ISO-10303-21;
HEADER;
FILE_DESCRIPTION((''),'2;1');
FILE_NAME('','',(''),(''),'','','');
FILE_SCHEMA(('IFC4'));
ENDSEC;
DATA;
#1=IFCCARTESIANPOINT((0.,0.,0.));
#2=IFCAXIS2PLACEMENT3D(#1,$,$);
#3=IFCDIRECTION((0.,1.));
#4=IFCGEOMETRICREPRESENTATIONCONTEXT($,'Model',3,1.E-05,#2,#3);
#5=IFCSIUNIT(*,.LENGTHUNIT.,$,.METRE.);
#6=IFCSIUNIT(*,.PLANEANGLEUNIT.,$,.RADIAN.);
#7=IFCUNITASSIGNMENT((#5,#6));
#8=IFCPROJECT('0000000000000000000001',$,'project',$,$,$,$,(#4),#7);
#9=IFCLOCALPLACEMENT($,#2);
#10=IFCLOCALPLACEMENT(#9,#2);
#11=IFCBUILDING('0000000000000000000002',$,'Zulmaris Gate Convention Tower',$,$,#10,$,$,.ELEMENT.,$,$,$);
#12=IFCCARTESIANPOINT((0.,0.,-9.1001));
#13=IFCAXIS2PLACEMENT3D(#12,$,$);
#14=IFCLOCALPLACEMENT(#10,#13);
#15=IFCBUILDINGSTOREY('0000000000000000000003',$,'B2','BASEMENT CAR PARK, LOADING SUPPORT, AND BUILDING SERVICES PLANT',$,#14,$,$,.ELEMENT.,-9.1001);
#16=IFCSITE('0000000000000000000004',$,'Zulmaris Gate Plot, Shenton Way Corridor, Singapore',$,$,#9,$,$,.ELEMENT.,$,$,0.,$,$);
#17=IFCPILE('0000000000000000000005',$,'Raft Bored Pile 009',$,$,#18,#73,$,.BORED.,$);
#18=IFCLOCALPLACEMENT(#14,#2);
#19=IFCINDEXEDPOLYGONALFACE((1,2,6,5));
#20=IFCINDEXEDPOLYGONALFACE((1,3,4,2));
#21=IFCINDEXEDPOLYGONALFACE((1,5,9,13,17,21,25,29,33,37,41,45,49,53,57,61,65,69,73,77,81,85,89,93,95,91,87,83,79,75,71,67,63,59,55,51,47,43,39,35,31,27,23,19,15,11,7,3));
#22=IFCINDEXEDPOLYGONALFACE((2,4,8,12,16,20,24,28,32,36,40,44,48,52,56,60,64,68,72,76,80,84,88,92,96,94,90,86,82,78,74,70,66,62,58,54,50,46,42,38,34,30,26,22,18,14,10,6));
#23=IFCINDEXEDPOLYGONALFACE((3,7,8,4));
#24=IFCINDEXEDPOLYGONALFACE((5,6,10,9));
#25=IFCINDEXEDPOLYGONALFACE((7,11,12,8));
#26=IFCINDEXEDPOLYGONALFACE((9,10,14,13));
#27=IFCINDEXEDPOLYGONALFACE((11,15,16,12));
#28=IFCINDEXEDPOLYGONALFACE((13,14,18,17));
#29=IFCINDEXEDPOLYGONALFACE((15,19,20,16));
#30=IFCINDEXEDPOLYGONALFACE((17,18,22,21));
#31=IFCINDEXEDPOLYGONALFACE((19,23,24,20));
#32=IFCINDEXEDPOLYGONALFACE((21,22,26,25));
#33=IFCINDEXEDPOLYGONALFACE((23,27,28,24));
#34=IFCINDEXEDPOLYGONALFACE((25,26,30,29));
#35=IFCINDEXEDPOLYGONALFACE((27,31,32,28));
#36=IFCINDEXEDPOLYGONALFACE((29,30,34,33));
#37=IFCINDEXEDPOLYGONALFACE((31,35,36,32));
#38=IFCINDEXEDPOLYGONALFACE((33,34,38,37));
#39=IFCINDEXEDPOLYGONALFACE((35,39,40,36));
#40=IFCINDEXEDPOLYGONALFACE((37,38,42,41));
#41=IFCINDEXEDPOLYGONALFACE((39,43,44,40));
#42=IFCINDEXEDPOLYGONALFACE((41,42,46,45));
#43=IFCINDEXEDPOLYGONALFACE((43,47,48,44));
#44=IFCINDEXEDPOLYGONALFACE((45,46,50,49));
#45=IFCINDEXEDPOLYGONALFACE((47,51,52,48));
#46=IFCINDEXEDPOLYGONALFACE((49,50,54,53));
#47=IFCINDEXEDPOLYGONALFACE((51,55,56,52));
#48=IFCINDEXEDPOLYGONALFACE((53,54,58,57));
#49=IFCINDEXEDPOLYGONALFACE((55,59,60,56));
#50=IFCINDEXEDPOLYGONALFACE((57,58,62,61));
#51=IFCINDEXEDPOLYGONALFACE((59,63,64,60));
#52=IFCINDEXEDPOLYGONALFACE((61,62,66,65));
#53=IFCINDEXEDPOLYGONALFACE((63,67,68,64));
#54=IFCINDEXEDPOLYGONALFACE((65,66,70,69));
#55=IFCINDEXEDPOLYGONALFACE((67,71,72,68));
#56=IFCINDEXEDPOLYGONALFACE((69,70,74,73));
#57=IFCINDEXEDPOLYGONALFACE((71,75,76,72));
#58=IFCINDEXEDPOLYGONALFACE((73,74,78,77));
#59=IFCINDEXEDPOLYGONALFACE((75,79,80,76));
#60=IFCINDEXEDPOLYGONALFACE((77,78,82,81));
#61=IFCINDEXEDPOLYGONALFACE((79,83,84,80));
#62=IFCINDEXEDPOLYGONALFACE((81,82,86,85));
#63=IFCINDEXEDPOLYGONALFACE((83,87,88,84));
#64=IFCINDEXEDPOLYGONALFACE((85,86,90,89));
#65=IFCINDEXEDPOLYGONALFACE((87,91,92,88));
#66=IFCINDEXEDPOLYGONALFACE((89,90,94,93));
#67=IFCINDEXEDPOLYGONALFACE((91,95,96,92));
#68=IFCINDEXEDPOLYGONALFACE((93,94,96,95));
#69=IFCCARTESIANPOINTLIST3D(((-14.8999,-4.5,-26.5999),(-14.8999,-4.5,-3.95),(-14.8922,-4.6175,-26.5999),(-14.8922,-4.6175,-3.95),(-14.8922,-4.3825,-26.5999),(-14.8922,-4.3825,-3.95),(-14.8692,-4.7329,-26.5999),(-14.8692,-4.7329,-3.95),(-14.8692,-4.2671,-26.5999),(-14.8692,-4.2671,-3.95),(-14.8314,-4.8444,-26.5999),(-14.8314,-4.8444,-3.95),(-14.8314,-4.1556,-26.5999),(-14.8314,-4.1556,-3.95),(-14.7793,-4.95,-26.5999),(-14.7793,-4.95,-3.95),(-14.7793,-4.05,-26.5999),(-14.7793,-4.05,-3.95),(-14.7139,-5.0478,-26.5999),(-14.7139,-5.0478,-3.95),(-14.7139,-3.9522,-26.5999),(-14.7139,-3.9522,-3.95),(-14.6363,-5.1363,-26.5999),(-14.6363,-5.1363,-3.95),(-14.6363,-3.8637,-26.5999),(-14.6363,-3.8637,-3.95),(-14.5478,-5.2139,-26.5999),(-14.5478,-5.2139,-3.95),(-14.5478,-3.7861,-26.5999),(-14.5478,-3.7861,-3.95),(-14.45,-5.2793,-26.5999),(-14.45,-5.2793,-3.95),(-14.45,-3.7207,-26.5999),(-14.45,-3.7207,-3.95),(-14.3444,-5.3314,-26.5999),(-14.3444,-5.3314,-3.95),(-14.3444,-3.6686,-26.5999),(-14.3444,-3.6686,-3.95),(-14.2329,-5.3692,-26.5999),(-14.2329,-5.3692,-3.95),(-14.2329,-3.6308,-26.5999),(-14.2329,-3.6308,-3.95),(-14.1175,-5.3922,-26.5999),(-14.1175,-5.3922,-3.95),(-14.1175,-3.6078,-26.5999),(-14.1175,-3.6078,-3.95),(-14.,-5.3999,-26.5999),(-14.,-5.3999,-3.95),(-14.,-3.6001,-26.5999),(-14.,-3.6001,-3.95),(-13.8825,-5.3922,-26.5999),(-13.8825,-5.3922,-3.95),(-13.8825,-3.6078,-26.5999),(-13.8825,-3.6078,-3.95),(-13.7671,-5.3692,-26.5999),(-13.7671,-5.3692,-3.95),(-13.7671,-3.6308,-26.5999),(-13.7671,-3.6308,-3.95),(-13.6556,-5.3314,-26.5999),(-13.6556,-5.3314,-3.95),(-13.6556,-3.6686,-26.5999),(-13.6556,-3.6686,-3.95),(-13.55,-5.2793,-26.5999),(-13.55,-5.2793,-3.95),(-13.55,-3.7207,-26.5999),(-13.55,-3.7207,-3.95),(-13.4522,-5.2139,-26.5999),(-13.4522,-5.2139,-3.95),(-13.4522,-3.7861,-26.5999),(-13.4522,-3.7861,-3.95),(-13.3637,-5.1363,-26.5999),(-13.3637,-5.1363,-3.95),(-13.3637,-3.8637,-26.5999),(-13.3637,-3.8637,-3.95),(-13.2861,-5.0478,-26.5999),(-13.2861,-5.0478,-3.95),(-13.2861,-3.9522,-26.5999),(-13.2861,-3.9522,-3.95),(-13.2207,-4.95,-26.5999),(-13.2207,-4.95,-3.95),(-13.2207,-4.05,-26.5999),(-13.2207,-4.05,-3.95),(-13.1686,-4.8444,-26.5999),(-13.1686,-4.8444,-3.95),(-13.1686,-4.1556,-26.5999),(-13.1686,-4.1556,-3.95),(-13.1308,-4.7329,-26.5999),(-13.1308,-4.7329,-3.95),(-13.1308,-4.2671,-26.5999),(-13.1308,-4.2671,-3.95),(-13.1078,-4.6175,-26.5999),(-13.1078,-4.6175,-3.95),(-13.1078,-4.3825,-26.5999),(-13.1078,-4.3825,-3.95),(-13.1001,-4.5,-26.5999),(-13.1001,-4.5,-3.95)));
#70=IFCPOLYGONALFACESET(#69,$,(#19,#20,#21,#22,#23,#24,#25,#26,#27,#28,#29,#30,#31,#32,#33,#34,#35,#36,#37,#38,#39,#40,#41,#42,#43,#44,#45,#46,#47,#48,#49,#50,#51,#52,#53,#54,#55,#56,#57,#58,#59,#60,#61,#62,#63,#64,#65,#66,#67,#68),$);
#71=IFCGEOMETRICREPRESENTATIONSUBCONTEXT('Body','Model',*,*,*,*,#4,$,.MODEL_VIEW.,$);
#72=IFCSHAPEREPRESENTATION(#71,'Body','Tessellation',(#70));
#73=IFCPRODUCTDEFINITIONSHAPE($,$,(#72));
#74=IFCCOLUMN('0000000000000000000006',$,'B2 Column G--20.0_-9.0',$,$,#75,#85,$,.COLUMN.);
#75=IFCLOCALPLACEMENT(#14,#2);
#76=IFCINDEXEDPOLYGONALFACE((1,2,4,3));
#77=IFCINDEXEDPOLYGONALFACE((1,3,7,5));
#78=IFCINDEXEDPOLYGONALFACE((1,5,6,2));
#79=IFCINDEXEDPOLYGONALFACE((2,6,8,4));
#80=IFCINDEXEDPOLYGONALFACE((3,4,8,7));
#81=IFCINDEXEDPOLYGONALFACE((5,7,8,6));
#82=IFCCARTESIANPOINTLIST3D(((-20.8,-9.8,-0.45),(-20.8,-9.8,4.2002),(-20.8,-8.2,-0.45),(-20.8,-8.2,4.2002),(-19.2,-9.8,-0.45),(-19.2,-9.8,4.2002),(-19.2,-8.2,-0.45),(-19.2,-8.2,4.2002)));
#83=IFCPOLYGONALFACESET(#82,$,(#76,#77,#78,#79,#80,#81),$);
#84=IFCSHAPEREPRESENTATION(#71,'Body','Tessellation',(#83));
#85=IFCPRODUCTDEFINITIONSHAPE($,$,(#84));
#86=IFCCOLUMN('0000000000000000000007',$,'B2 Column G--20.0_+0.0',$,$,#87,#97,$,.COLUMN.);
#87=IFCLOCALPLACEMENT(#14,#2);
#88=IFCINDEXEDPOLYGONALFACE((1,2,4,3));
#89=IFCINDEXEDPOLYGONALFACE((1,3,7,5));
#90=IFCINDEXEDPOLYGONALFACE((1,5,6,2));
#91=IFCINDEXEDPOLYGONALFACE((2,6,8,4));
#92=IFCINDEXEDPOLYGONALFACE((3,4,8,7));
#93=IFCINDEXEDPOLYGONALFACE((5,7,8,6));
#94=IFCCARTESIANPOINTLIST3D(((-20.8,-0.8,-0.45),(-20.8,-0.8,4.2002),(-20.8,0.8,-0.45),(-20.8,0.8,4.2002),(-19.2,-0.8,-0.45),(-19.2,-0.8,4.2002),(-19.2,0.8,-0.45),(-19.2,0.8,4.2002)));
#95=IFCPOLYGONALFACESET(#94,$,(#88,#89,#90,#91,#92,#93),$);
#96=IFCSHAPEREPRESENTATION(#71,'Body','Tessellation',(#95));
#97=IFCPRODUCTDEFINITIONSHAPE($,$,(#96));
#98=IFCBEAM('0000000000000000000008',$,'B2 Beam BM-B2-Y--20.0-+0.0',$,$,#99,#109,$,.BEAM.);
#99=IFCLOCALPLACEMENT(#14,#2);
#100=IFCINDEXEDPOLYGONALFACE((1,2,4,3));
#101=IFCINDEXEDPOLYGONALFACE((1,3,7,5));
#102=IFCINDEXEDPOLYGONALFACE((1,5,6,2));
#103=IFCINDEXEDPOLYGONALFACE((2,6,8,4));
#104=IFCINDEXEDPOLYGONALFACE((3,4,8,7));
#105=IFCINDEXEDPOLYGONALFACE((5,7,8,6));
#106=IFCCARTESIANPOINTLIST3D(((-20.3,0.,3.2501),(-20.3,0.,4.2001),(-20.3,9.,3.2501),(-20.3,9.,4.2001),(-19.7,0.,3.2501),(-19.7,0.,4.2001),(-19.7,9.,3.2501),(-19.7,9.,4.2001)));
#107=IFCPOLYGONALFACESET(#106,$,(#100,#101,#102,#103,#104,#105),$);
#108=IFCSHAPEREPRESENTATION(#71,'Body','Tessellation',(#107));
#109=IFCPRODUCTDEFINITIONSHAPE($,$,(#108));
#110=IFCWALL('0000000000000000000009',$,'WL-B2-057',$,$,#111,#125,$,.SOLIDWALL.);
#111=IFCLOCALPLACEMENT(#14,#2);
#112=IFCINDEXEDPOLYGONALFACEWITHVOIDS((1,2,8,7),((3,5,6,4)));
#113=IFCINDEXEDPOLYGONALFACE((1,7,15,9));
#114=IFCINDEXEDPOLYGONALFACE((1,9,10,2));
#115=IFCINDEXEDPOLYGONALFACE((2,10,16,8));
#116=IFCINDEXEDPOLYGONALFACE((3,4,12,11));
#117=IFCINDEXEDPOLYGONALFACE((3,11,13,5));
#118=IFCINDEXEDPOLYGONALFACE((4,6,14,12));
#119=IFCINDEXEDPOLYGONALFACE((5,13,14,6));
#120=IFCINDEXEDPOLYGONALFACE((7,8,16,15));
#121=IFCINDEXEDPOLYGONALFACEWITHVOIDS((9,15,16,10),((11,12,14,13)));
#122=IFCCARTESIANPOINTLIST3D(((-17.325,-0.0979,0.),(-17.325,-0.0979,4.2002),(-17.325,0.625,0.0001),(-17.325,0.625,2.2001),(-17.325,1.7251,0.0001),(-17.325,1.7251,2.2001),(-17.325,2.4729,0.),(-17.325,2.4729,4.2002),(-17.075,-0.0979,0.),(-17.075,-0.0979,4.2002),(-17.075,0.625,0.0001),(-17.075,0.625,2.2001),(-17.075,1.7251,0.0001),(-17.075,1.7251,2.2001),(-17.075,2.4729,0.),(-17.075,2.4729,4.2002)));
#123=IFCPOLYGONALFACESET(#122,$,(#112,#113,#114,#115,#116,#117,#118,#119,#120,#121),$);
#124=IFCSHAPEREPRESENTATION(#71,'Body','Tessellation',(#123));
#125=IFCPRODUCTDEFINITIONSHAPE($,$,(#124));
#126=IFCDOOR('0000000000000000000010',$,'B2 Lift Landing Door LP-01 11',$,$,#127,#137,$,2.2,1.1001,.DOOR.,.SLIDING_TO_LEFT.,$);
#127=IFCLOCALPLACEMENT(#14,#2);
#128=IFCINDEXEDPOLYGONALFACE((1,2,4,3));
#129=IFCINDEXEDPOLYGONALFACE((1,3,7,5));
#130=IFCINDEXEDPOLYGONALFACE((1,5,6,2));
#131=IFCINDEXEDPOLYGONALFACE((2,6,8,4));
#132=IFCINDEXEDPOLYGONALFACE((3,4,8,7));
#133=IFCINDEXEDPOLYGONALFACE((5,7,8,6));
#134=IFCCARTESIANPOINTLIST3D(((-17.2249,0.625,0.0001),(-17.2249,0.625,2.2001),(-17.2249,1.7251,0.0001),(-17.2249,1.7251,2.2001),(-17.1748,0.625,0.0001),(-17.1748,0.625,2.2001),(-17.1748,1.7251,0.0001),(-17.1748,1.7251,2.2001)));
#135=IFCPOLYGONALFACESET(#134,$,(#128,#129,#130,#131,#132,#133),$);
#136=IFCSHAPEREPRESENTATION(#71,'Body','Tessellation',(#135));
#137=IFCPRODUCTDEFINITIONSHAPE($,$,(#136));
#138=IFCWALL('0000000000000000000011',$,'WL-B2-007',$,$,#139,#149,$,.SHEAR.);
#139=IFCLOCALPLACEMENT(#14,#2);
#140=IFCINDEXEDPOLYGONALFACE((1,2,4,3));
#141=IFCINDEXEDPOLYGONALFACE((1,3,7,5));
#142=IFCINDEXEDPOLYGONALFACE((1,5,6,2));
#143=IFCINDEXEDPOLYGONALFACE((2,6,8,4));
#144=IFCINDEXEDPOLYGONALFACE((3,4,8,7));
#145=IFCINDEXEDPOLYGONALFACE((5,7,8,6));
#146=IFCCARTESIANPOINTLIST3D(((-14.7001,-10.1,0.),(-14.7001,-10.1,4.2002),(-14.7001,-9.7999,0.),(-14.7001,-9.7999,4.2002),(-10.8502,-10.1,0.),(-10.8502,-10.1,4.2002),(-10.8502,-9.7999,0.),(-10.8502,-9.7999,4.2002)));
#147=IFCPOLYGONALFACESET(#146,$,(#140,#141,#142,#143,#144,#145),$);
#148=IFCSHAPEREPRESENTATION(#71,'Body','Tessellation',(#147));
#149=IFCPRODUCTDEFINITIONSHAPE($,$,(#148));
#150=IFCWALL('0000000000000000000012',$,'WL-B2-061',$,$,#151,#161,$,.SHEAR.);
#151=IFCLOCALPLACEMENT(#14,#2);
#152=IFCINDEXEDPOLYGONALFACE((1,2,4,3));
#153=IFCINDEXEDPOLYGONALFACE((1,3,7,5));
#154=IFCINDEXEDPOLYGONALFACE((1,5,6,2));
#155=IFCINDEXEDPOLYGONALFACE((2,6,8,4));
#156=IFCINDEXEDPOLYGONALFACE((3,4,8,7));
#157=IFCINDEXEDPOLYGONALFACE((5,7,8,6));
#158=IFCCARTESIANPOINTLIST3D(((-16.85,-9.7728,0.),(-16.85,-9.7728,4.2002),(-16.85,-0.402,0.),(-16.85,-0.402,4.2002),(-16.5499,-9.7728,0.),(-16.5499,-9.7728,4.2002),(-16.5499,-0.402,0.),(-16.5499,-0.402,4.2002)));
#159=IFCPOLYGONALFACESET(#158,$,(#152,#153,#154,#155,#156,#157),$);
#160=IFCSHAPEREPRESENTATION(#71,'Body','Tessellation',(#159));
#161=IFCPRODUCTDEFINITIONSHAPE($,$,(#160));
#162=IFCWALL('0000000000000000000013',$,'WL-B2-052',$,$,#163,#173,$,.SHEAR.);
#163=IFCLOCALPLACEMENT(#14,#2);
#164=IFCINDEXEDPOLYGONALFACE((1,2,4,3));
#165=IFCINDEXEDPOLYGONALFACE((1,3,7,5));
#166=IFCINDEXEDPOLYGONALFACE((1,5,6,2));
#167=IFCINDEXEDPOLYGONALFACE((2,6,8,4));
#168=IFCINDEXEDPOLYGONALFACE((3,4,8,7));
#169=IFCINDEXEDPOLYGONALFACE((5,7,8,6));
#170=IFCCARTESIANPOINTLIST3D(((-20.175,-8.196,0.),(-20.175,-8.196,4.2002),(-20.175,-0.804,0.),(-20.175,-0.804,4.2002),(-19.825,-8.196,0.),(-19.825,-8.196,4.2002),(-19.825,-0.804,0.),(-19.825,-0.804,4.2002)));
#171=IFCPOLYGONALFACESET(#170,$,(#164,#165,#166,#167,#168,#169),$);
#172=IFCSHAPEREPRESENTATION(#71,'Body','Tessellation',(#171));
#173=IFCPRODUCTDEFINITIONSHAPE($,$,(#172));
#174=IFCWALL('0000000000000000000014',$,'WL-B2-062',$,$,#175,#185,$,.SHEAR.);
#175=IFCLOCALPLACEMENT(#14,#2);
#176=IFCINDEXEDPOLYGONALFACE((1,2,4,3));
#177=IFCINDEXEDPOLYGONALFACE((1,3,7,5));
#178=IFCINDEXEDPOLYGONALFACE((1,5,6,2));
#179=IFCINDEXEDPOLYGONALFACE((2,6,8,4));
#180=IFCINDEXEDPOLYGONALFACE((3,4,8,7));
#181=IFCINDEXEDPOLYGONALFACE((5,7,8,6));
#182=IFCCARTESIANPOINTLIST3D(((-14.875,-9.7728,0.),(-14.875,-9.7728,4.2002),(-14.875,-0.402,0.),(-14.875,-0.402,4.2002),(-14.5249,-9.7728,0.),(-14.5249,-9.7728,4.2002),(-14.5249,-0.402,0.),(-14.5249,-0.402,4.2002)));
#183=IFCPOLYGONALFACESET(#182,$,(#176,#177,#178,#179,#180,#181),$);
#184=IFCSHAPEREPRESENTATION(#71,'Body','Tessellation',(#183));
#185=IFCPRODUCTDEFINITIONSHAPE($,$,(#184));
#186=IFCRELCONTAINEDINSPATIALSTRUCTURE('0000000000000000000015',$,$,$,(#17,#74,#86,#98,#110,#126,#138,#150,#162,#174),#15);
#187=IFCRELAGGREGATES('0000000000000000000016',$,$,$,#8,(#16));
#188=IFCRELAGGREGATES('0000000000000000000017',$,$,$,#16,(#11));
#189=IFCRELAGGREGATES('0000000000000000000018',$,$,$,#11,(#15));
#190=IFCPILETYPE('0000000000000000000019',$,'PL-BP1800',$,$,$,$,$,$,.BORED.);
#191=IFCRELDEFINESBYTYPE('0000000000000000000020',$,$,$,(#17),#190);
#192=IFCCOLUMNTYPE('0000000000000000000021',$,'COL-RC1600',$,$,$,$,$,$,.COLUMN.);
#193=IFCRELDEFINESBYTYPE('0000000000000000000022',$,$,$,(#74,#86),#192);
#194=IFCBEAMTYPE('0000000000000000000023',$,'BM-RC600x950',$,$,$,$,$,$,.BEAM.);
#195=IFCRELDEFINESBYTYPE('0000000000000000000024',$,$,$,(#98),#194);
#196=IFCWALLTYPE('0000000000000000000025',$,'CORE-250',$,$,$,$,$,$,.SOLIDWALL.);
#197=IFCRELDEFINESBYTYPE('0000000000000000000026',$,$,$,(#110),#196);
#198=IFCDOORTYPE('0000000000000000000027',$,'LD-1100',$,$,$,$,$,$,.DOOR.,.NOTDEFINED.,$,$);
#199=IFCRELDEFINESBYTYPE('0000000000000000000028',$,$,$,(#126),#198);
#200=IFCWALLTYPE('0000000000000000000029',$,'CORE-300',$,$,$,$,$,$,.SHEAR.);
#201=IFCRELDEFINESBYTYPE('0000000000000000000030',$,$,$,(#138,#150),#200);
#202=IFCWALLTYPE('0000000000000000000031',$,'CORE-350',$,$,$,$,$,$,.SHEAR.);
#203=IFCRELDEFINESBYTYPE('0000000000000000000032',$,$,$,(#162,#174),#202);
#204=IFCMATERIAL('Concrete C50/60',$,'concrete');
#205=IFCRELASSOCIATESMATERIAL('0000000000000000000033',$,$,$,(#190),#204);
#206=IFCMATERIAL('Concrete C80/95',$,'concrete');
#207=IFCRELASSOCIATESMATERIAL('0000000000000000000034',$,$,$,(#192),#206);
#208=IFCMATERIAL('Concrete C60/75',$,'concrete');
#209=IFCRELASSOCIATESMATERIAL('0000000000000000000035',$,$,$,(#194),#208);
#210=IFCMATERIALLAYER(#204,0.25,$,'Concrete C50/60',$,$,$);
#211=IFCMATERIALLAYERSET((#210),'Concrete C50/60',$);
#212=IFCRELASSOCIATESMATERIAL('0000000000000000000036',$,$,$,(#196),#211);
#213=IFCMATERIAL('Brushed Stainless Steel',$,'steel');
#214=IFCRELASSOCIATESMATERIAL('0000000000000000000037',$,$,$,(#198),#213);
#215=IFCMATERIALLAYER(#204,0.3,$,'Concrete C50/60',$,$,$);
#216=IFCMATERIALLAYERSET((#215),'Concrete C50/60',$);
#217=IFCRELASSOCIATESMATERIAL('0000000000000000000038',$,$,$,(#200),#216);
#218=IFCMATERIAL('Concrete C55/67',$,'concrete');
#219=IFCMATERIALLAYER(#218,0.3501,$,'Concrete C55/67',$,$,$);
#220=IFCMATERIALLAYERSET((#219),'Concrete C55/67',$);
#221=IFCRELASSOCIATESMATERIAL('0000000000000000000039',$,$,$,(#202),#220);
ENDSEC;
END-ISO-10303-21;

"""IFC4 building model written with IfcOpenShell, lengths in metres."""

from ifc_helpers import new_model, si_unit, direction, frame, frame_2d, origin, origin_2d, place, context, subcontext, project, spatial, rectangle, circle, extrude, material, layer, layer_set, material_profile, profile_set, type_object, element, fill, save


model = new_model("IFC4")

# Units and contexts
model_context = context("Model", 3, precision=1e-05, world=origin(), true_north=direction((0.0, 1.0)))
body_context = subcontext(model_context, "Body", "Model", "MODEL_VIEW")
ifc_project = project(units=[si_unit("LENGTHUNIT", "METRE"), si_unit("PLANEANGLEUNIT", "RADIAN")], contexts=[model_context])

# Site, building, storey
site_placement = place(None, origin())
site = spatial("IfcSite", under=ifc_project, at=site_placement, Name="Zulmaris Gate Plot, Shenton Way Corridor, Singapore", CompositionType="ELEMENT", RefElevation=0.0)
building_placement = place(site_placement, origin())
building = spatial("IfcBuilding", under=site, at=building_placement, Name="Zulmaris Gate Convention Tower", CompositionType="ELEMENT")
storey_placement = place(building_placement, frame((0.0, 0.0, -9.1001)))
storey = spatial("IfcBuildingStorey", under=building, at=storey_placement, Name="B2", Description="BASEMENT CAR PARK, LOADING SUPPORT, AND BUILDING SERVICES PLANT", CompositionType="ELEMENT", Elevation=-9.1001)

# Pile
ifc_material_1 = material(Name="Concrete C50/60", Category="concrete")
ifc_material_profile_1 = material_profile(ifc_material_1, circle(Radius=0.8999, at=origin_2d()), Name="BORED PILE 1800")
ifc_profile_set_1 = profile_set([ifc_material_profile_1], Name="Concrete C50/60")
pile_type = type_object("IfcPileType", Name="PL-BP1800", PredefinedType="BORED", material=ifc_profile_set_1)
for number, where, z_axis, x_axis, name in (
    (1, (-14.0, -4.5, -3.95), (0.0, 0.0, -1.0), (1.0, 0.0, 0.0), "Raft Bored Pile 009"),
):
    element("IfcPile", number, at=place(storey_placement, frame(where, z_axis=z_axis, x_axis=x_axis)), inside=storey, type_object=pile_type, Name=name, PredefinedType="BORED", context=body_context, shape_type="SweptSolid", body=[
        extrude(circle(Radius=0.8999, at=origin_2d()), origin(), (0.0, 0.0, 1.0), 22.6499),
    ])

# Columns
ifc_material_2 = material(Name="Concrete C80/95", Category="concrete")
ifc_material_profile_2 = material_profile(ifc_material_2, rectangle(XDim=1.6001, YDim=1.6001, at=origin_2d()), Name="RC COL 1600x1600")
ifc_profile_set_2 = profile_set([ifc_material_profile_2], Name="Concrete C80/95")
column_type = type_object("IfcColumnType", Name="COL-RC1600", PredefinedType="COLUMN", material=ifc_profile_set_2)
for number, where, z_axis, x_axis, name in (
    (2, (-20.0, -9.0, -0.45), (0.0, 0.0, 1.0), (1.0, 0.0, 0.0), "B2 Column G--20.0_-9.0"),
    (3, (-20.0, 0.0, -0.45), (0.0, 0.0, 1.0), (1.0, 0.0, 0.0), "B2 Column G--20.0_+0.0"),
):
    element("IfcColumn", number, at=place(storey_placement, frame(where, z_axis=z_axis, x_axis=x_axis)), inside=storey, type_object=column_type, Name=name, PredefinedType="COLUMN", context=body_context, shape_type="SweptSolid", body=[
        extrude(rectangle(XDim=1.6001, YDim=1.6001, at=origin_2d()), origin(), (0.0, 0.0, 1.0), 4.6501),
    ])

# Beam
ifc_material_3 = material(Name="Concrete C60/75", Category="concrete")
ifc_material_profile_3 = material_profile(ifc_material_3, rectangle(XDim=0.6001, YDim=0.95, at=origin_2d()), Name="RC BEAM 600x950")
ifc_profile_set_3 = profile_set([ifc_material_profile_3], Name="Concrete C60/75")
beam_type = type_object("IfcBeamType", Name="BM-RC600x950", PredefinedType="BEAM", material=ifc_profile_set_3)
beam_placement = place(storey_placement, frame((-20.0, 0.0, 3.7251), z_axis=(0.0, 1.0, 0.0), x_axis=(-1.0, 0.0, 0.0)))
element("IfcBeam", 4, at=beam_placement, inside=storey, type_object=beam_type, Name="B2 Beam BM-B2-Y--20.0-+0.0", PredefinedType="BEAM", context=body_context, shape_type="SweptSolid", body=[
    extrude(rectangle(XDim=0.6001, YDim=0.95, at=origin_2d()), origin(), (0.0, 0.0, 1.0), 9.0),
])

# Wall, opening, door
ifc_layer_1 = layer(ifc_material_1, 0.25, Name="Concrete C50/60")
ifc_layer_set_1 = layer_set([ifc_layer_1], Name="Concrete C50/60")
wall_type_1 = type_object("IfcWallType", Name="CORE-250", PredefinedType="SOLIDWALL", material=ifc_layer_set_1)
wall_1_placement = place(storey_placement, frame((-17.2, -0.0979, 0.0), z_axis=(0.0, 0.0, 1.0), x_axis=(0.0, 1.0, 0.0)))
wall_1 = element("IfcWall", 5, at=wall_1_placement, inside=storey, type_object=wall_type_1, Name="WL-B2-057", PredefinedType="SOLIDWALL", context=body_context, shape_type="SweptSolid", body=[
    extrude(rectangle(XDim=2.5708, YDim=0.25, at=frame_2d((1.2854, 0.0))), origin(), (0.0, 0.0, 1.0), 4.2002),
])
opening_1_placement = place(wall_1_placement, frame((0.7229, 0.0, 0.0)))
opening_1 = element("IfcOpeningElement", 6, at=opening_1_placement, cuts=wall_1, PredefinedType="OPENING", context=body_context, shape_type="SweptSolid", body=[
    extrude(rectangle(XDim=1.1001, YDim=2.2, at=frame_2d((0.55, 1.1001))), frame((0.0, 0.135, 0.0), z_axis=(0.0, -1.0, 0.0), x_axis=(1.0, 0.0, 0.0)), (0.0, 0.0, 1.0), 0.27),
])
ifc_material_4 = material(Name="Brushed Stainless Steel", Category="steel")
door_type_1 = type_object("IfcDoorType", Name="LD-1100", OperationType="NOTDEFINED", PredefinedType="DOOR", material=ifc_material_4)
door_1_placement = place(opening_1_placement, origin())
door_1 = element("IfcDoor", 7, at=door_1_placement, inside=storey, type_object=door_type_1, Name="B2 Lift Landing Door LP-01 11", OperationType="SLIDING_TO_LEFT", OverallHeight=2.2, OverallWidth=1.1001, PredefinedType="DOOR", context=body_context, shape_type="SweptSolid", body=[
    extrude(rectangle(XDim=1.1001, YDim=2.2, at=frame_2d((0.55, 1.1001))), frame((0.0, 0.0249, 0.0), z_axis=(0.0, -1.0, 0.0), x_axis=(1.0, 0.0, 0.0)), (0.0, 0.0, 1.0), 0.05),
])
fill(opening_1, door_1)

# Wall
ifc_layer_2 = layer(ifc_material_1, 0.3, Name="Concrete C50/60")
ifc_layer_set_2 = layer_set([ifc_layer_2], Name="Concrete C50/60")
wall_type_2 = type_object("IfcWallType", Name="CORE-300", PredefinedType="SHEAR", material=ifc_layer_set_2)
wall_2_placement = place(storey_placement, frame((-14.7, -9.95, 0.0), z_axis=(0.0, 0.0, 1.0), x_axis=(1.0, 0.0, 0.0)))
element("IfcWall", 8, at=wall_2_placement, inside=storey, type_object=wall_type_2, Name="WL-B2-007", PredefinedType="SHEAR", context=body_context, shape_type="SweptSolid", body=[
    extrude(rectangle(XDim=3.8499, YDim=0.3, at=frame_2d((1.9248, 0.0))), origin(), (0.0, 0.0, 1.0), 4.2002),
])

# Wall
wall_3_placement = place(storey_placement, frame((-16.7, -9.7729, 0.0), z_axis=(0.0, 0.0, 1.0), x_axis=(0.0, 1.0, 0.0)))
element("IfcWall", 9, at=wall_3_placement, inside=storey, type_object=wall_type_2, Name="WL-B2-061", PredefinedType="SHEAR", context=body_context, shape_type="SweptSolid", body=[
    extrude(rectangle(XDim=9.3708, YDim=0.3, at=frame_2d((4.6855, 0.0))), origin(), (0.0, 0.0, 1.0), 4.2002),
])

# Shared definitions
ifc_material_5 = material(Name="Concrete C55/67", Category="concrete")
ifc_layer_3 = layer(ifc_material_5, 0.3501, Name="Concrete C55/67")
ifc_layer_set_3 = layer_set([ifc_layer_3], Name="Concrete C55/67")
wall_type_3 = type_object("IfcWallType", Name="CORE-350", PredefinedType="SHEAR", material=ifc_layer_set_3)

# Walls
wall_4_placement = place(storey_placement, frame((-20.0, -8.196, 0.0), z_axis=(0.0, 0.0, 1.0), x_axis=(0.0, 1.0, 0.0)))
element("IfcWall", 10, at=wall_4_placement, inside=storey, type_object=wall_type_3, Name="WL-B2-052", PredefinedType="SHEAR", context=body_context, shape_type="SweptSolid", body=[
    extrude(rectangle(XDim=7.3921, YDim=0.3501, at=frame_2d((3.696, 0.0))), origin(), (0.0, 0.0, 1.0), 4.2002),
])
wall_5_placement = place(storey_placement, frame((-14.7, -9.7729, 0.0), z_axis=(0.0, 0.0, 1.0), x_axis=(0.0, 1.0, 0.0)))
element("IfcWall", 11, at=wall_5_placement, inside=storey, type_object=wall_type_3, Name="WL-B2-062", PredefinedType="SHEAR", context=body_context, shape_type="SweptSolid", body=[
    extrude(rectangle(XDim=9.3708, YDim=0.3501, at=frame_2d((4.6855, 0.0))), origin(), (0.0, 0.0, 1.0), 4.2002),
])

save(model, "model.ifc")
